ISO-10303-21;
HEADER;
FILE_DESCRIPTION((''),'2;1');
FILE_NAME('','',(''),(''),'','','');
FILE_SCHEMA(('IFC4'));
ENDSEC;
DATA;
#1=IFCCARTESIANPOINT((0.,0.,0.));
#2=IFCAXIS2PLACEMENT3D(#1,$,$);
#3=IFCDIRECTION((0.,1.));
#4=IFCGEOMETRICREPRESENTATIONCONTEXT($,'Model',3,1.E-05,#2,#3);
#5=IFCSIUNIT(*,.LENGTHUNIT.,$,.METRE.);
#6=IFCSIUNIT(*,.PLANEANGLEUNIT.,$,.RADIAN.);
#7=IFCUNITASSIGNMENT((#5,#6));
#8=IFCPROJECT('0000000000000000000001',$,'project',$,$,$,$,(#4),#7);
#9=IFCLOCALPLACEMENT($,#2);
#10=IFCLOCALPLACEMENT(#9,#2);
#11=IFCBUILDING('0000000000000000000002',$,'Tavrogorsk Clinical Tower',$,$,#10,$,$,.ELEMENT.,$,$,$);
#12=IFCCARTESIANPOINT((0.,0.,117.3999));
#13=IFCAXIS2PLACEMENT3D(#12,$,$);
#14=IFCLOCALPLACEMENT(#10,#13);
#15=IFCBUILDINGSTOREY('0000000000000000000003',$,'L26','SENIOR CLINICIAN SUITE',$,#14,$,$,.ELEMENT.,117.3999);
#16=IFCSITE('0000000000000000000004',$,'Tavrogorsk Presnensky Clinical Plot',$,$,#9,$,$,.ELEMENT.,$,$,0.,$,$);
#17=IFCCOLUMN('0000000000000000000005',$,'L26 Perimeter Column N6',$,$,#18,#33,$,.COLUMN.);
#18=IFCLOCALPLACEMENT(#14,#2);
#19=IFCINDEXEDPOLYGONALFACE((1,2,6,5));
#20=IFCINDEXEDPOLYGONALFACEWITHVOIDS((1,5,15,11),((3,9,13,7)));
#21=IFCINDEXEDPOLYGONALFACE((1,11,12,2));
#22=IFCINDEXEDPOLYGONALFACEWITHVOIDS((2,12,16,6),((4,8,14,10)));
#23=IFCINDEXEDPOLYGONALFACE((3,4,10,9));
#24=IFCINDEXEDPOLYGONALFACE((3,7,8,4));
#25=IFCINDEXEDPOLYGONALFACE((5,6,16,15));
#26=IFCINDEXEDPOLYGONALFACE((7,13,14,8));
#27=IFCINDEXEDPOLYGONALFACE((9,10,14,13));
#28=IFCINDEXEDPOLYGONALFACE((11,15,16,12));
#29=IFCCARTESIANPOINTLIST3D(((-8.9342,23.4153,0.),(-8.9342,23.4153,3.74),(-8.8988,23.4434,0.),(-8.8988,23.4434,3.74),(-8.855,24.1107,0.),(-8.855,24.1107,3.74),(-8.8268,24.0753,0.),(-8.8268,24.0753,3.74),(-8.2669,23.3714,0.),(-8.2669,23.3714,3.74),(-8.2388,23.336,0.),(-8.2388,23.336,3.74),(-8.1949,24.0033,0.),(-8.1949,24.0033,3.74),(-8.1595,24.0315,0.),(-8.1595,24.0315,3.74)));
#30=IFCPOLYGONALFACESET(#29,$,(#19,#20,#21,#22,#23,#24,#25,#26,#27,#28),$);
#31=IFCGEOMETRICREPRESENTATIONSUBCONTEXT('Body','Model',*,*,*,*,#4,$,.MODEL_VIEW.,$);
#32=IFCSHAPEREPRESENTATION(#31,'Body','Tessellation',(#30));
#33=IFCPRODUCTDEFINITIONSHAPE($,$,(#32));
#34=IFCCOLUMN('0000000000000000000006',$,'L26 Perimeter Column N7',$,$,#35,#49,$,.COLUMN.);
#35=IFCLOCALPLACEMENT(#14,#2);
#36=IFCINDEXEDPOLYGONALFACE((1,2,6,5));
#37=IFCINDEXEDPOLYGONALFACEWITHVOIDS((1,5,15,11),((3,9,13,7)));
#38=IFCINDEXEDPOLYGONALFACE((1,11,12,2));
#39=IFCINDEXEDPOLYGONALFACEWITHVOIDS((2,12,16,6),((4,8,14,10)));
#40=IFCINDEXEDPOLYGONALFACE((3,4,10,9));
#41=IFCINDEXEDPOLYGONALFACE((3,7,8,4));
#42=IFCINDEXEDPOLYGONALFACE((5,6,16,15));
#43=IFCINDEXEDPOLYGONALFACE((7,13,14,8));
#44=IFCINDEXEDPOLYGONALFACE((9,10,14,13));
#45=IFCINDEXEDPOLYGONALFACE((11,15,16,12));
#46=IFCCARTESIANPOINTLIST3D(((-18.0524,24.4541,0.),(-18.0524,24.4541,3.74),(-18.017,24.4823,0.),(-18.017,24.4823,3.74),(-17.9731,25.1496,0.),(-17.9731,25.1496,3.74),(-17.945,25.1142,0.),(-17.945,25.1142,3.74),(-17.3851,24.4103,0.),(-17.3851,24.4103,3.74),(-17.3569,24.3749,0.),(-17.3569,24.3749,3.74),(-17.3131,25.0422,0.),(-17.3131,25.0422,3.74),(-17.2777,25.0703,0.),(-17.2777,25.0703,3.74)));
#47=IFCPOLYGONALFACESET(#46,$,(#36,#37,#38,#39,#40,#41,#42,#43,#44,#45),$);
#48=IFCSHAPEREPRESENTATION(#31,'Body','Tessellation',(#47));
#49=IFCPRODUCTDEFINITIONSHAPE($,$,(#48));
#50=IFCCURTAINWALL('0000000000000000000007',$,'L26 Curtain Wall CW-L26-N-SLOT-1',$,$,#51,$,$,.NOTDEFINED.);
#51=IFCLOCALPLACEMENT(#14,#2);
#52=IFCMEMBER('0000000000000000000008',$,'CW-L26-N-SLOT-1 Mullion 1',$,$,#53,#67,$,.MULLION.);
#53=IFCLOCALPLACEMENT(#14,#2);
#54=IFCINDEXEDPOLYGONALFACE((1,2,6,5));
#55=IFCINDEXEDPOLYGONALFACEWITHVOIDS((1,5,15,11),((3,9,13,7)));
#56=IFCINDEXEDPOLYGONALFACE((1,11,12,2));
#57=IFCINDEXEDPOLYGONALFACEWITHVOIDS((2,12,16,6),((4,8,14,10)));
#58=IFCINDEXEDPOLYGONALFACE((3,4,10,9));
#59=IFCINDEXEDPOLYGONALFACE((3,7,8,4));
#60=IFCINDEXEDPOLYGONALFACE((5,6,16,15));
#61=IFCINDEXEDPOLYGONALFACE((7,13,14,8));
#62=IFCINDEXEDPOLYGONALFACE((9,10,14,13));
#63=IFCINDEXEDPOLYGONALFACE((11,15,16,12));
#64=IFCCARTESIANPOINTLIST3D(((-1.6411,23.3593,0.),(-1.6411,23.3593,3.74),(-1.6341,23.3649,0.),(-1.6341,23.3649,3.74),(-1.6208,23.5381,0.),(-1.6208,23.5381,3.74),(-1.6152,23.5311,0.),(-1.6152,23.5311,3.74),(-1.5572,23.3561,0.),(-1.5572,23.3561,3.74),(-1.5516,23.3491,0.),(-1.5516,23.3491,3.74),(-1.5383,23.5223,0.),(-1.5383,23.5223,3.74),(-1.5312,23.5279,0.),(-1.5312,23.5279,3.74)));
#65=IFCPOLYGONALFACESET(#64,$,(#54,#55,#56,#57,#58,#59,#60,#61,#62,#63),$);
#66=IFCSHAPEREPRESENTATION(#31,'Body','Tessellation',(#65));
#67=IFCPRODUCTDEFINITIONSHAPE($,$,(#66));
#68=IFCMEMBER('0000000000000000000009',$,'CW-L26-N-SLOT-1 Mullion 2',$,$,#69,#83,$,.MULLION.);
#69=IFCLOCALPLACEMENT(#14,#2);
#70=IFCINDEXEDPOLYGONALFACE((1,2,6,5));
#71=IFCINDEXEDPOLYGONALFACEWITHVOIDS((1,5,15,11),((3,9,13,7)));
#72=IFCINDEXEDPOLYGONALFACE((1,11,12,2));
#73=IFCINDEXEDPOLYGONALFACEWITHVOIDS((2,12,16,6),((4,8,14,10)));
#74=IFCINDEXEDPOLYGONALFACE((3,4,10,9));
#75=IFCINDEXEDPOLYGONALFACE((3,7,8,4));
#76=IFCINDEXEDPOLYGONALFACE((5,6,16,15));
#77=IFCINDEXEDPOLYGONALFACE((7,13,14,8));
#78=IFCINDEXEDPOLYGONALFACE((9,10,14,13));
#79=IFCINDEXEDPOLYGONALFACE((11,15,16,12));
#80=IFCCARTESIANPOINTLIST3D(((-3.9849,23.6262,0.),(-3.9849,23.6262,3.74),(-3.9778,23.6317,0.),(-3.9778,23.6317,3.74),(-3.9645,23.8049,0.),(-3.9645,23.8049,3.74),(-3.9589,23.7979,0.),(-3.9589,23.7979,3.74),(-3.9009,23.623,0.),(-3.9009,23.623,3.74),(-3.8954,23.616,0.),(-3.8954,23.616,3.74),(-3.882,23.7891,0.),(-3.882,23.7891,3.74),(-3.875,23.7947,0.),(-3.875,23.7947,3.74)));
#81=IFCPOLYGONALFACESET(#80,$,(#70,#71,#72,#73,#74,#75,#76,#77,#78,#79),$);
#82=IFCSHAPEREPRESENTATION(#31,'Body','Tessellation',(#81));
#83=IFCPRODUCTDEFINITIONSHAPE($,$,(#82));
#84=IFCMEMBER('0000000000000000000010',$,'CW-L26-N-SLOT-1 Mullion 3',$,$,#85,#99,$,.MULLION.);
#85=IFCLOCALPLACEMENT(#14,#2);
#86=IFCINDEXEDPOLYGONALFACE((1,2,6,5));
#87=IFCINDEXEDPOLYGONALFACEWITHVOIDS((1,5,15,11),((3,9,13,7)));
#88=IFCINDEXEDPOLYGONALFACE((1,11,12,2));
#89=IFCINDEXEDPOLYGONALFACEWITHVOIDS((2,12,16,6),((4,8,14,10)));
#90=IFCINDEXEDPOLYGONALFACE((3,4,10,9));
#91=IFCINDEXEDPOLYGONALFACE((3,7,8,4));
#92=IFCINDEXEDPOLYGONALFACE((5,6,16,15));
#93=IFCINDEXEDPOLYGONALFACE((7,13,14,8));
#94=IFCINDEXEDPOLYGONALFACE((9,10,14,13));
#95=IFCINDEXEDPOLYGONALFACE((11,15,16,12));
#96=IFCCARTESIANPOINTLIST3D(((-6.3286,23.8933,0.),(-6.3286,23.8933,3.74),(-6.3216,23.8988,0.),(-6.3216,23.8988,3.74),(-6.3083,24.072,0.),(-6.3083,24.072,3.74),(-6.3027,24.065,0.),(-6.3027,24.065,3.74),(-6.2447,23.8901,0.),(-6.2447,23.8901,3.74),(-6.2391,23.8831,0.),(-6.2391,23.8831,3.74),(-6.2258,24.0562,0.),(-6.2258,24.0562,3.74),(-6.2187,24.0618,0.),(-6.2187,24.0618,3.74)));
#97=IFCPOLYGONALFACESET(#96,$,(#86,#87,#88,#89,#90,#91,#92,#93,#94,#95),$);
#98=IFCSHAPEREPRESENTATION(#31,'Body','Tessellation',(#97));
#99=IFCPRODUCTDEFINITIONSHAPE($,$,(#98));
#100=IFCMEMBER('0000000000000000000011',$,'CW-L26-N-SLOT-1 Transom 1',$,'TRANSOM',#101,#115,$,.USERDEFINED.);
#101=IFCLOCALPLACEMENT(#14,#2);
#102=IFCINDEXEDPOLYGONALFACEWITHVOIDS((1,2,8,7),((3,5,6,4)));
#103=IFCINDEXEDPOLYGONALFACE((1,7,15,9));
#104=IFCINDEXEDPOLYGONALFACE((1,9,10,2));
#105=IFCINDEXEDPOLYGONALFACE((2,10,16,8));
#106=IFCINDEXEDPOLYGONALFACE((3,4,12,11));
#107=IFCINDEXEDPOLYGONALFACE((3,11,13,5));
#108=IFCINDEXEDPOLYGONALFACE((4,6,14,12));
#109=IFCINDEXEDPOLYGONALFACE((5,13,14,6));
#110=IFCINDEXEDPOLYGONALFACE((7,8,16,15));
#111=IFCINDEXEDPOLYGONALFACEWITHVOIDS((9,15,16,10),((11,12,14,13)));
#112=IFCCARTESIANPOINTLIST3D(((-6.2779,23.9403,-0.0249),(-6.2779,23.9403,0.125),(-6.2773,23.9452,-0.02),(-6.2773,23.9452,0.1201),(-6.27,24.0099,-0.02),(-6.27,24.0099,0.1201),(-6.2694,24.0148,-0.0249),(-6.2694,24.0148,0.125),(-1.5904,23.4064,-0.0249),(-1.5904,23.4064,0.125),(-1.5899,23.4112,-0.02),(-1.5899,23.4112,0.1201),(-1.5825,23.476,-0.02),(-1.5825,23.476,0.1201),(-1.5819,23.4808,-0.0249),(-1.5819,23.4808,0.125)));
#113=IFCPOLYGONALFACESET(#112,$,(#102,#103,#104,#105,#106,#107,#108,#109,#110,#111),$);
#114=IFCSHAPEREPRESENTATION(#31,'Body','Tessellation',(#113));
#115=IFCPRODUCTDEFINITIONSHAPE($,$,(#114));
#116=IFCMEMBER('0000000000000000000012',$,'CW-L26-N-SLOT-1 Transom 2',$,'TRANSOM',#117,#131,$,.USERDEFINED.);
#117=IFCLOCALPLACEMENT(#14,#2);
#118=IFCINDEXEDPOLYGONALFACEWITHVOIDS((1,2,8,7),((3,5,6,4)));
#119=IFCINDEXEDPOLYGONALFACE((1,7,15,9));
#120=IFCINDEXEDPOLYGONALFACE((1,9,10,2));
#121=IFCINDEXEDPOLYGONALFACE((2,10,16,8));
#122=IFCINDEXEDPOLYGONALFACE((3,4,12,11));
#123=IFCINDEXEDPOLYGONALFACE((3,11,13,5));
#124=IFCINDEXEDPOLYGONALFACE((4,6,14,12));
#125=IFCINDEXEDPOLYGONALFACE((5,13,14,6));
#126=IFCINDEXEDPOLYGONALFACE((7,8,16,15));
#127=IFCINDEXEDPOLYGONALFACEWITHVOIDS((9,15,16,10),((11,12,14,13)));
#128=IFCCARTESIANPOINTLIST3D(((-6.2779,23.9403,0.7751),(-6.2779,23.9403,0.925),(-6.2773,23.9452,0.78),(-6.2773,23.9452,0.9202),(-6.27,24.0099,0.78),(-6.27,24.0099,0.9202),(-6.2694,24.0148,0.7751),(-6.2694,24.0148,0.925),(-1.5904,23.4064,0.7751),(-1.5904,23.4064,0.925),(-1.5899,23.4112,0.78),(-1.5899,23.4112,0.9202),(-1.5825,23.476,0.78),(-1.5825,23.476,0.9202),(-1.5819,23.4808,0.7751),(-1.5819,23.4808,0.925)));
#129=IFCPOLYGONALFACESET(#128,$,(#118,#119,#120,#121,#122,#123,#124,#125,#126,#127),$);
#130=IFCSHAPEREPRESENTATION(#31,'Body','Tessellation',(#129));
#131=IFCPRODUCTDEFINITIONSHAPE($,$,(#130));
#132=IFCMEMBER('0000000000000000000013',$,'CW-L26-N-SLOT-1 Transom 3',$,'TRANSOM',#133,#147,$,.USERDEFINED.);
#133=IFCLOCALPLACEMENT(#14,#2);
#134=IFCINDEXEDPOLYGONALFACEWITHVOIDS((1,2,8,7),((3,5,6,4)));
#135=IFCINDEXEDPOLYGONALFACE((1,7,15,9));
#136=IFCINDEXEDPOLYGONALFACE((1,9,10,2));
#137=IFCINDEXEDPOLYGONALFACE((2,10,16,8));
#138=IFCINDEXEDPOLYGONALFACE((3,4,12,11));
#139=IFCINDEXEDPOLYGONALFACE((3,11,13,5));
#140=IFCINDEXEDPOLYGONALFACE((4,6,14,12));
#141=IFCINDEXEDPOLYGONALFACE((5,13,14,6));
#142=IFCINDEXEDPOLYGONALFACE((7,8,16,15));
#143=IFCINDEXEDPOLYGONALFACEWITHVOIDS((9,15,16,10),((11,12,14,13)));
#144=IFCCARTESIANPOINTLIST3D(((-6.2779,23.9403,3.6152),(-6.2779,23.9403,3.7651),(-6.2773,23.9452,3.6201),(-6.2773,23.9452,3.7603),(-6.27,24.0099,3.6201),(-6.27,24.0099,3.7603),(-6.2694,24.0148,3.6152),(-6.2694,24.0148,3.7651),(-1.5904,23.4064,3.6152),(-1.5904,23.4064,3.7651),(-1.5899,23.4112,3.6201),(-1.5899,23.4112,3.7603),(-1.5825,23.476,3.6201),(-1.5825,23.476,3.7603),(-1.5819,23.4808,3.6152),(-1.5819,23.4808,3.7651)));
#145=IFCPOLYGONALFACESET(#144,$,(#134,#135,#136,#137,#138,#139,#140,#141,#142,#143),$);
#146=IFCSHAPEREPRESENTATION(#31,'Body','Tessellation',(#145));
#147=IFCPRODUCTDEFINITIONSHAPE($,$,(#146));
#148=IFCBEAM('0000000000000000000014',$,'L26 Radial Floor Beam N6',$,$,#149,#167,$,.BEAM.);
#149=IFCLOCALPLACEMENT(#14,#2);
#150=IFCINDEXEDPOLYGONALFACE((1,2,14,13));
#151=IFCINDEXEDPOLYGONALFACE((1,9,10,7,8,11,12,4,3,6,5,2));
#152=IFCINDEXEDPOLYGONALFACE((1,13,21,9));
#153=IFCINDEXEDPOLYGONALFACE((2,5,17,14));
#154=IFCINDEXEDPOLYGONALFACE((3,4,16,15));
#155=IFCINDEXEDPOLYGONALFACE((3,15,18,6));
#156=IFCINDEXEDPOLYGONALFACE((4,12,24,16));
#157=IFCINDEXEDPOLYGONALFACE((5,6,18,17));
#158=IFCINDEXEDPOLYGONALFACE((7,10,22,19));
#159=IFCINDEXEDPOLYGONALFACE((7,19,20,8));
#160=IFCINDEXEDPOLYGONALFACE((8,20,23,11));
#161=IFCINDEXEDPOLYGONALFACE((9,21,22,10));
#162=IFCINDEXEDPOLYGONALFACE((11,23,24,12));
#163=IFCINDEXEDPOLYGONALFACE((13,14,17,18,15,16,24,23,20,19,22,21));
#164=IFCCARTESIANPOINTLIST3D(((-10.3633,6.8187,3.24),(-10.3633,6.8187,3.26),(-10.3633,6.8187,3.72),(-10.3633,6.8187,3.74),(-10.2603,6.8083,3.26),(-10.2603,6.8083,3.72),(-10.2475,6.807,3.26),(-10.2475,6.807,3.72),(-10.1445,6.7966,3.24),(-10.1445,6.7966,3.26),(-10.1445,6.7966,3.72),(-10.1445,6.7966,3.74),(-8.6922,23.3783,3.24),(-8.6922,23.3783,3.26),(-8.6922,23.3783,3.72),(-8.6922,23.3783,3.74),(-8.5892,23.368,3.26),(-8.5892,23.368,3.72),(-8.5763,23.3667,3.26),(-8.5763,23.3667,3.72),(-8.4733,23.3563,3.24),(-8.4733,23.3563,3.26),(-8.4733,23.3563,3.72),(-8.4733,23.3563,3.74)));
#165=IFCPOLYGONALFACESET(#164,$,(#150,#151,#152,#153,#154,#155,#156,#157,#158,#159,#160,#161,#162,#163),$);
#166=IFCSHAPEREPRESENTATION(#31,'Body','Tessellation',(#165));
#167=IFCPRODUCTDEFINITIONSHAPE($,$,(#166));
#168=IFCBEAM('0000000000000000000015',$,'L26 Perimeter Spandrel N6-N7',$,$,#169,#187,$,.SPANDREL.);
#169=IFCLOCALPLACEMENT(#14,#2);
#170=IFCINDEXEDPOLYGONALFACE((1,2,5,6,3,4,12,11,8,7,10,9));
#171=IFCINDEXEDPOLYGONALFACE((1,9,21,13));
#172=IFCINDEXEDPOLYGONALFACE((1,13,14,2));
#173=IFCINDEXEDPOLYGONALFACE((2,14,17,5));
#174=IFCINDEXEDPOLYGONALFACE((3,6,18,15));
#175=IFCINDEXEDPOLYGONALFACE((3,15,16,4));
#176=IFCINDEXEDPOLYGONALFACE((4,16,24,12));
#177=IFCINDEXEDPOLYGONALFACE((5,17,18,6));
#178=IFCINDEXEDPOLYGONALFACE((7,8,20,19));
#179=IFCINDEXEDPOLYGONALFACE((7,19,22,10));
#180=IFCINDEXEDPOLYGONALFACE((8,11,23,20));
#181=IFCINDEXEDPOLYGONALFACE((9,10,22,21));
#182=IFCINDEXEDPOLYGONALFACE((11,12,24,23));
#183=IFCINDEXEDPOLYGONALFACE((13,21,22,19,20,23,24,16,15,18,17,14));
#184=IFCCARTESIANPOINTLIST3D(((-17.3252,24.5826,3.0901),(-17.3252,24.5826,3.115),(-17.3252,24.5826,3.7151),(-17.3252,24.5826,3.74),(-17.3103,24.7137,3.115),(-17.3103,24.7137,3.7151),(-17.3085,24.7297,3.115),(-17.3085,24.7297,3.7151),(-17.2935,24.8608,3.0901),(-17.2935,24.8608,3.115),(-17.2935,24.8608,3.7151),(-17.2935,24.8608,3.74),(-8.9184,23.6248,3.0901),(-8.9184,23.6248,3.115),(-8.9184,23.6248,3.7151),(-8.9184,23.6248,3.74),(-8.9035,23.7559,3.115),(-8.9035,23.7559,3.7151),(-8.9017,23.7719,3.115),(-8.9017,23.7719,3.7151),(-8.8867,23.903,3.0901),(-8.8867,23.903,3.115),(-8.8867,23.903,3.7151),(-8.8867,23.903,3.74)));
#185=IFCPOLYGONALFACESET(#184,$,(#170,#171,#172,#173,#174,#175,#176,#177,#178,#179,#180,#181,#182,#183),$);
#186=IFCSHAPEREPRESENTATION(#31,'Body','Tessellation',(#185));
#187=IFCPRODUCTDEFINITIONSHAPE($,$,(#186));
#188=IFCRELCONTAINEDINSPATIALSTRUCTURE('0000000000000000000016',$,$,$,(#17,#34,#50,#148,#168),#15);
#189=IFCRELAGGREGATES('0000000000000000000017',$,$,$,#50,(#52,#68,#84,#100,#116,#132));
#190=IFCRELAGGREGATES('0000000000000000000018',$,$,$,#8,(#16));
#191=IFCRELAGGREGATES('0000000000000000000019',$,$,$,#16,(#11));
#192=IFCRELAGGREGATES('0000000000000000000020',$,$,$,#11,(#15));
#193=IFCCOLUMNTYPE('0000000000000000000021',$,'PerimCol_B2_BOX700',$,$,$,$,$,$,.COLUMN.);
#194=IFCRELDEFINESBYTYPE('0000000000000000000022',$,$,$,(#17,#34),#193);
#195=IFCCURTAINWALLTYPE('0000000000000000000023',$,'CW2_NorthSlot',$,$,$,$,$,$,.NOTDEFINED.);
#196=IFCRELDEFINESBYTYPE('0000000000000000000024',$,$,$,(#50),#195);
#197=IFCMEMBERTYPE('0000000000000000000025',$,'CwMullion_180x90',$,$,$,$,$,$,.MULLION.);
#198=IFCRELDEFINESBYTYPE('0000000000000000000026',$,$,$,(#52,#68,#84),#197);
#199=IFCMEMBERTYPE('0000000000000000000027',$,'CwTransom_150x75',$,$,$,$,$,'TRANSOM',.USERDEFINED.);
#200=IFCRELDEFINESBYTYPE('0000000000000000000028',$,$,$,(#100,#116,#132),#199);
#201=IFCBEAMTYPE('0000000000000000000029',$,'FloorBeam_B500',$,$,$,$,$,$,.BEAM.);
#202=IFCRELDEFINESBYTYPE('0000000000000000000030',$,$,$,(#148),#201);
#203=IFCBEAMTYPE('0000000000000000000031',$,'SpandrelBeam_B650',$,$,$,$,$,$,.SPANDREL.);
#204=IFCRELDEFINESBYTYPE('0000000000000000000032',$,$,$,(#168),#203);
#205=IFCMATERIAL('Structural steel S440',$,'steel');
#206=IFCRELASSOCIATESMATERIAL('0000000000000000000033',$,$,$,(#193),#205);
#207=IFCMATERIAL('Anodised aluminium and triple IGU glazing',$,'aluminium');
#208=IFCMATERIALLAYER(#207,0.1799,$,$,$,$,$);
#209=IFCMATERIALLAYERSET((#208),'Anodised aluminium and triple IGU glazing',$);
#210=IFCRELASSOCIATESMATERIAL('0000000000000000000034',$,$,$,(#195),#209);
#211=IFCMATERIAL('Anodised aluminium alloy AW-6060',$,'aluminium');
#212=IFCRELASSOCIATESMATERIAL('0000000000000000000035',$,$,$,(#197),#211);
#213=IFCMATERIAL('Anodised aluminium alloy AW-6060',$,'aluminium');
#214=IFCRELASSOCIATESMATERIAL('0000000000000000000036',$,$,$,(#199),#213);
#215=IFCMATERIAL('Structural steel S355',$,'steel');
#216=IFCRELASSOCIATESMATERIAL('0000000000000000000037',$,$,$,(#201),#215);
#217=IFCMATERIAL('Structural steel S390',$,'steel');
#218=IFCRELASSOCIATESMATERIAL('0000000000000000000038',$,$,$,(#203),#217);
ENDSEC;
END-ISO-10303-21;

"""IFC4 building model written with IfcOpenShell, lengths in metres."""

from ifc_helpers import new_model, si_unit, direction, frame, origin, origin_2d, place, context, subcontext, project, spatial, hollow_rectangle, i_section, extrude, material, layer, layer_set, material_profile, profile_set, type_object, element, aggregate, save


model = new_model("IFC4")

# Units and contexts
model_context = context("Model", 3, precision=1e-05, world=origin(), true_north=direction((0.0, 1.0)))
body_context = subcontext(model_context, "Body", "Model", "MODEL_VIEW")
ifc_project = project(units=[si_unit("LENGTHUNIT", "METRE"), si_unit("PLANEANGLEUNIT", "RADIAN")], contexts=[model_context])

# Site, building, storey
site_placement = place(None, origin())
site = spatial("IfcSite", under=ifc_project, at=site_placement, Name="Tavrogorsk Presnensky Clinical Plot", CompositionType="ELEMENT", RefElevation=0.0)
building_placement = place(site_placement, origin())
building = spatial("IfcBuilding", under=site, at=building_placement, Name="Tavrogorsk Clinical Tower", CompositionType="ELEMENT")
storey_placement = place(building_placement, frame((0.0, 0.0, 117.3999)))
storey = spatial("IfcBuildingStorey", under=building, at=storey_placement, Name="L26", Description="SENIOR CLINICIAN SUITE", CompositionType="ELEMENT", Elevation=117.3999)

# Columns
ifc_material_1 = material(Name="Structural steel S440", Category="steel")
ifc_material_profile_1 = material_profile(ifc_material_1, hollow_rectangle(XDim=0.7, YDim=0.7, WallThickness=0.032, at=origin_2d()), Name="BOX-700x700x32")
ifc_profile_set_1 = profile_set([ifc_material_profile_1], Name="Structural steel S440")
column_type = type_object("IfcColumnType", Name="PerimCol_B2_BOX700", PredefinedType="COLUMN", material=ifc_profile_set_1)
for number, where, z_axis, x_axis, name in (
    (1, (-8.5469, 23.7234, 0.0), (0.0, 0.0, 1.0), (0.993572, -0.113203, 0.0), "L26 Perimeter Column N6"),
    (2, (-17.665, 24.7622, 0.0), (0.0, 0.0, 1.0), (0.993572, -0.113203, 0.0), "L26 Perimeter Column N7"),
):
    element("IfcColumn", number, at=place(storey_placement, frame(where, z_axis=z_axis, x_axis=x_axis)), inside=storey, type_object=column_type, Name=name, PredefinedType="COLUMN", context=body_context, shape_type="SweptSolid", body=[
        extrude(hollow_rectangle(XDim=0.7, YDim=0.7, WallThickness=0.032, at=origin_2d()), origin(), (0.0, 0.0, 1.0), 3.74),
    ])

# Curtain wall, members
ifc_material_2 = material(Name="Anodised aluminium and triple IGU glazing", Category="aluminium")
ifc_layer_1 = layer(ifc_material_2, 0.1799)
ifc_layer_set_1 = layer_set([ifc_layer_1], Name="Anodised aluminium and triple IGU glazing")
curtain_wall_type = type_object("IfcCurtainWallType", Name="CW2_NorthSlot", PredefinedType="NOTDEFINED", material=ifc_layer_set_1)
curtain_wall_placement = place(storey_placement, origin())
curtain_wall = element("IfcCurtainWall", 3, at=curtain_wall_placement, inside=storey, type_object=curtain_wall_type, Name="L26 Curtain Wall CW-L26-N-SLOT-1", PredefinedType="NOTDEFINED")
ifc_material_3 = material(Name="Anodised aluminium alloy AW-6060", Category="aluminium")
ifc_material_profile_2 = material_profile(ifc_material_3, hollow_rectangle(XDim=0.0901, YDim=0.1799, WallThickness=0.0063, at=origin_2d()), Name="RHS-180x90x6.3")
ifc_profile_set_2 = profile_set([ifc_material_profile_2], Name="Anodised aluminium alloy AW-6060")
member_type_1 = type_object("IfcMemberType", Name="CwMullion_180x90", PredefinedType="MULLION", material=ifc_profile_set_2)
member_1_placement = place(storey_placement, frame((-1.5862, 23.4436, 0.0), z_axis=(0.0, 0.0, 1.0), x_axis=(-0.993572, 0.113203, 0.0)))
member_1 = element("IfcMember", 4, at=member_1_placement, type_object=member_type_1, Name="CW-L26-N-SLOT-1 Mullion 1", PredefinedType="MULLION", context=body_context, shape_type="SweptSolid", body=[
    extrude(hollow_rectangle(XDim=0.0901, YDim=0.1799, WallThickness=0.0063, at=origin_2d()), origin(), (0.0, 0.0, 1.0), 3.74),
])
member_2_placement = place(storey_placement, frame((-3.9299, 23.7104, 0.0), z_axis=(0.0, 0.0, 1.0), x_axis=(-0.993572, 0.113203, 0.0)))
member_2 = element("IfcMember", 5, at=member_2_placement, type_object=member_type_1, Name="CW-L26-N-SLOT-1 Mullion 2", PredefinedType="MULLION", context=body_context, shape_type="SweptSolid", body=[
    extrude(hollow_rectangle(XDim=0.0901, YDim=0.1799, WallThickness=0.0063, at=origin_2d()), origin(), (0.0, 0.0, 1.0), 3.74),
])
member_3_placement = place(storey_placement, frame((-6.2737, 23.9775, 0.0), z_axis=(0.0, 0.0, 1.0), x_axis=(-0.993572, 0.113203, 0.0)))
member_3 = element("IfcMember", 6, at=member_3_placement, type_object=member_type_1, Name="CW-L26-N-SLOT-1 Mullion 3", PredefinedType="MULLION", context=body_context, shape_type="SweptSolid", body=[
    extrude(hollow_rectangle(XDim=0.0901, YDim=0.1799, WallThickness=0.0063, at=origin_2d()), origin(), (0.0, 0.0, 1.0), 3.74),
])
ifc_material_4 = material(Name="Anodised aluminium alloy AW-6060", Category="aluminium")
ifc_material_profile_3 = material_profile(ifc_material_4, hollow_rectangle(XDim=0.075, YDim=0.1499, WallThickness=0.0049, at=origin_2d()), Name="RHS-150x75x5")
ifc_profile_set_3 = profile_set([ifc_material_profile_3], Name="Anodised aluminium alloy AW-6060")
member_type_2 = type_object("IfcMemberType", Name="CwTransom_150x75", ElementType="TRANSOM", PredefinedType="USERDEFINED", material=ifc_profile_set_3)
member_4_placement = place(storey_placement, frame((-1.5862, 23.4436, 0.05), z_axis=(-0.993575, 0.113174, 0.0), x_axis=(-0.113174, -0.993575, 0.0)))
member_4 = element("IfcMember", 7, at=member_4_placement, type_object=member_type_2, Name="CW-L26-N-SLOT-1 Transom 1", ObjectType="TRANSOM", PredefinedType="USERDEFINED", context=body_context, shape_type="SweptSolid", body=[
    extrude(hollow_rectangle(XDim=0.075, YDim=0.1499, WallThickness=0.0049, at=origin_2d()), origin(), (0.0, 0.0, 1.0), 4.7178),
])
member_5_placement = place(storey_placement, frame((-1.5862, 23.4436, 0.8501), z_axis=(-0.993575, 0.113174, 0.0), x_axis=(-0.113174, -0.993575, 0.0)))
member_5 = element("IfcMember", 8, at=member_5_placement, type_object=member_type_2, Name="CW-L26-N-SLOT-1 Transom 2", ObjectType="TRANSOM", PredefinedType="USERDEFINED", context=body_context, shape_type="SweptSolid", body=[
    extrude(hollow_rectangle(XDim=0.075, YDim=0.1499, WallThickness=0.0049, at=origin_2d()), origin(), (0.0, 0.0, 1.0), 4.7178),
])
member_6_placement = place(storey_placement, frame((-1.5862, 23.4436, 3.6902), z_axis=(-0.993575, 0.113174, 0.0), x_axis=(-0.113174, -0.993575, 0.0)))
member_6 = element("IfcMember", 9, at=member_6_placement, type_object=member_type_2, Name="CW-L26-N-SLOT-1 Transom 3", ObjectType="TRANSOM", PredefinedType="USERDEFINED", context=body_context, shape_type="SweptSolid", body=[
    extrude(hollow_rectangle(XDim=0.075, YDim=0.1499, WallThickness=0.0049, at=origin_2d()), origin(), (0.0, 0.0, 1.0), 4.7178),
])

# Beams
ifc_material_5 = material(Name="Structural steel S355", Category="steel")
ifc_material_profile_4 = material_profile(ifc_material_5, i_section(OverallWidth=0.22, OverallDepth=0.5, WebThickness=0.0129, FlangeThickness=0.02, at=origin_2d()), Name="B-500x220x13x20")
ifc_profile_set_4 = profile_set([ifc_material_profile_4], Name="Structural steel S355")
beam_type_1 = type_object("IfcBeamType", Name="FloorBeam_B500", PredefinedType="BEAM", material=ifc_profile_set_4)
beam_1_placement = place(storey_placement, frame((-10.2539, 6.8076, 3.49), z_axis=(0.100407, 0.994946, 0.0), x_axis=(-0.994946, 0.100407, 0.0)))
element("IfcBeam", 10, at=beam_1_placement, inside=storey, type_object=beam_type_1, Name="L26 Radial Floor Beam N6", PredefinedType="BEAM", context=body_context, shape_type="SweptSolid", body=[
    extrude(i_section(OverallWidth=0.22, OverallDepth=0.5, WebThickness=0.0129, FlangeThickness=0.02, at=origin_2d()), origin(), (0.0, 0.0, 1.0), 16.6438),
])
ifc_material_6 = material(Name="Structural steel S390", Category="steel")
ifc_material_profile_5 = material_profile(ifc_material_6, i_section(OverallWidth=0.28, OverallDepth=0.6499, WebThickness=0.0161, FlangeThickness=0.0249, at=origin_2d()), Name="B-650x280x16x25")
ifc_profile_set_5 = profile_set([ifc_material_profile_5], Name="Structural steel S390")
beam_type_2 = type_object("IfcBeamType", Name="SpandrelBeam_B650", PredefinedType="SPANDREL", material=ifc_profile_set_5)
beam_2_placement = place(storey_placement, frame((-8.9026, 23.7639, 3.415), z_axis=(-0.993573, 0.113196, 0.0), x_axis=(-0.113196, -0.993573, 0.0)))
element("IfcBeam", 11, at=beam_2_placement, inside=storey, type_object=beam_type_2, Name="L26 Perimeter Spandrel N6-N7", PredefinedType="SPANDREL", context=body_context, shape_type="SweptSolid", body=[
    extrude(i_section(OverallWidth=0.28, OverallDepth=0.6499, WebThickness=0.0161, FlangeThickness=0.0249, at=origin_2d()), origin(), (0.0, 0.0, 1.0), 8.4612),
])

aggregate(curtain_wall, [member_1, member_2, member_3, member_4, member_5, member_6])

save(model, "model.ifc")
